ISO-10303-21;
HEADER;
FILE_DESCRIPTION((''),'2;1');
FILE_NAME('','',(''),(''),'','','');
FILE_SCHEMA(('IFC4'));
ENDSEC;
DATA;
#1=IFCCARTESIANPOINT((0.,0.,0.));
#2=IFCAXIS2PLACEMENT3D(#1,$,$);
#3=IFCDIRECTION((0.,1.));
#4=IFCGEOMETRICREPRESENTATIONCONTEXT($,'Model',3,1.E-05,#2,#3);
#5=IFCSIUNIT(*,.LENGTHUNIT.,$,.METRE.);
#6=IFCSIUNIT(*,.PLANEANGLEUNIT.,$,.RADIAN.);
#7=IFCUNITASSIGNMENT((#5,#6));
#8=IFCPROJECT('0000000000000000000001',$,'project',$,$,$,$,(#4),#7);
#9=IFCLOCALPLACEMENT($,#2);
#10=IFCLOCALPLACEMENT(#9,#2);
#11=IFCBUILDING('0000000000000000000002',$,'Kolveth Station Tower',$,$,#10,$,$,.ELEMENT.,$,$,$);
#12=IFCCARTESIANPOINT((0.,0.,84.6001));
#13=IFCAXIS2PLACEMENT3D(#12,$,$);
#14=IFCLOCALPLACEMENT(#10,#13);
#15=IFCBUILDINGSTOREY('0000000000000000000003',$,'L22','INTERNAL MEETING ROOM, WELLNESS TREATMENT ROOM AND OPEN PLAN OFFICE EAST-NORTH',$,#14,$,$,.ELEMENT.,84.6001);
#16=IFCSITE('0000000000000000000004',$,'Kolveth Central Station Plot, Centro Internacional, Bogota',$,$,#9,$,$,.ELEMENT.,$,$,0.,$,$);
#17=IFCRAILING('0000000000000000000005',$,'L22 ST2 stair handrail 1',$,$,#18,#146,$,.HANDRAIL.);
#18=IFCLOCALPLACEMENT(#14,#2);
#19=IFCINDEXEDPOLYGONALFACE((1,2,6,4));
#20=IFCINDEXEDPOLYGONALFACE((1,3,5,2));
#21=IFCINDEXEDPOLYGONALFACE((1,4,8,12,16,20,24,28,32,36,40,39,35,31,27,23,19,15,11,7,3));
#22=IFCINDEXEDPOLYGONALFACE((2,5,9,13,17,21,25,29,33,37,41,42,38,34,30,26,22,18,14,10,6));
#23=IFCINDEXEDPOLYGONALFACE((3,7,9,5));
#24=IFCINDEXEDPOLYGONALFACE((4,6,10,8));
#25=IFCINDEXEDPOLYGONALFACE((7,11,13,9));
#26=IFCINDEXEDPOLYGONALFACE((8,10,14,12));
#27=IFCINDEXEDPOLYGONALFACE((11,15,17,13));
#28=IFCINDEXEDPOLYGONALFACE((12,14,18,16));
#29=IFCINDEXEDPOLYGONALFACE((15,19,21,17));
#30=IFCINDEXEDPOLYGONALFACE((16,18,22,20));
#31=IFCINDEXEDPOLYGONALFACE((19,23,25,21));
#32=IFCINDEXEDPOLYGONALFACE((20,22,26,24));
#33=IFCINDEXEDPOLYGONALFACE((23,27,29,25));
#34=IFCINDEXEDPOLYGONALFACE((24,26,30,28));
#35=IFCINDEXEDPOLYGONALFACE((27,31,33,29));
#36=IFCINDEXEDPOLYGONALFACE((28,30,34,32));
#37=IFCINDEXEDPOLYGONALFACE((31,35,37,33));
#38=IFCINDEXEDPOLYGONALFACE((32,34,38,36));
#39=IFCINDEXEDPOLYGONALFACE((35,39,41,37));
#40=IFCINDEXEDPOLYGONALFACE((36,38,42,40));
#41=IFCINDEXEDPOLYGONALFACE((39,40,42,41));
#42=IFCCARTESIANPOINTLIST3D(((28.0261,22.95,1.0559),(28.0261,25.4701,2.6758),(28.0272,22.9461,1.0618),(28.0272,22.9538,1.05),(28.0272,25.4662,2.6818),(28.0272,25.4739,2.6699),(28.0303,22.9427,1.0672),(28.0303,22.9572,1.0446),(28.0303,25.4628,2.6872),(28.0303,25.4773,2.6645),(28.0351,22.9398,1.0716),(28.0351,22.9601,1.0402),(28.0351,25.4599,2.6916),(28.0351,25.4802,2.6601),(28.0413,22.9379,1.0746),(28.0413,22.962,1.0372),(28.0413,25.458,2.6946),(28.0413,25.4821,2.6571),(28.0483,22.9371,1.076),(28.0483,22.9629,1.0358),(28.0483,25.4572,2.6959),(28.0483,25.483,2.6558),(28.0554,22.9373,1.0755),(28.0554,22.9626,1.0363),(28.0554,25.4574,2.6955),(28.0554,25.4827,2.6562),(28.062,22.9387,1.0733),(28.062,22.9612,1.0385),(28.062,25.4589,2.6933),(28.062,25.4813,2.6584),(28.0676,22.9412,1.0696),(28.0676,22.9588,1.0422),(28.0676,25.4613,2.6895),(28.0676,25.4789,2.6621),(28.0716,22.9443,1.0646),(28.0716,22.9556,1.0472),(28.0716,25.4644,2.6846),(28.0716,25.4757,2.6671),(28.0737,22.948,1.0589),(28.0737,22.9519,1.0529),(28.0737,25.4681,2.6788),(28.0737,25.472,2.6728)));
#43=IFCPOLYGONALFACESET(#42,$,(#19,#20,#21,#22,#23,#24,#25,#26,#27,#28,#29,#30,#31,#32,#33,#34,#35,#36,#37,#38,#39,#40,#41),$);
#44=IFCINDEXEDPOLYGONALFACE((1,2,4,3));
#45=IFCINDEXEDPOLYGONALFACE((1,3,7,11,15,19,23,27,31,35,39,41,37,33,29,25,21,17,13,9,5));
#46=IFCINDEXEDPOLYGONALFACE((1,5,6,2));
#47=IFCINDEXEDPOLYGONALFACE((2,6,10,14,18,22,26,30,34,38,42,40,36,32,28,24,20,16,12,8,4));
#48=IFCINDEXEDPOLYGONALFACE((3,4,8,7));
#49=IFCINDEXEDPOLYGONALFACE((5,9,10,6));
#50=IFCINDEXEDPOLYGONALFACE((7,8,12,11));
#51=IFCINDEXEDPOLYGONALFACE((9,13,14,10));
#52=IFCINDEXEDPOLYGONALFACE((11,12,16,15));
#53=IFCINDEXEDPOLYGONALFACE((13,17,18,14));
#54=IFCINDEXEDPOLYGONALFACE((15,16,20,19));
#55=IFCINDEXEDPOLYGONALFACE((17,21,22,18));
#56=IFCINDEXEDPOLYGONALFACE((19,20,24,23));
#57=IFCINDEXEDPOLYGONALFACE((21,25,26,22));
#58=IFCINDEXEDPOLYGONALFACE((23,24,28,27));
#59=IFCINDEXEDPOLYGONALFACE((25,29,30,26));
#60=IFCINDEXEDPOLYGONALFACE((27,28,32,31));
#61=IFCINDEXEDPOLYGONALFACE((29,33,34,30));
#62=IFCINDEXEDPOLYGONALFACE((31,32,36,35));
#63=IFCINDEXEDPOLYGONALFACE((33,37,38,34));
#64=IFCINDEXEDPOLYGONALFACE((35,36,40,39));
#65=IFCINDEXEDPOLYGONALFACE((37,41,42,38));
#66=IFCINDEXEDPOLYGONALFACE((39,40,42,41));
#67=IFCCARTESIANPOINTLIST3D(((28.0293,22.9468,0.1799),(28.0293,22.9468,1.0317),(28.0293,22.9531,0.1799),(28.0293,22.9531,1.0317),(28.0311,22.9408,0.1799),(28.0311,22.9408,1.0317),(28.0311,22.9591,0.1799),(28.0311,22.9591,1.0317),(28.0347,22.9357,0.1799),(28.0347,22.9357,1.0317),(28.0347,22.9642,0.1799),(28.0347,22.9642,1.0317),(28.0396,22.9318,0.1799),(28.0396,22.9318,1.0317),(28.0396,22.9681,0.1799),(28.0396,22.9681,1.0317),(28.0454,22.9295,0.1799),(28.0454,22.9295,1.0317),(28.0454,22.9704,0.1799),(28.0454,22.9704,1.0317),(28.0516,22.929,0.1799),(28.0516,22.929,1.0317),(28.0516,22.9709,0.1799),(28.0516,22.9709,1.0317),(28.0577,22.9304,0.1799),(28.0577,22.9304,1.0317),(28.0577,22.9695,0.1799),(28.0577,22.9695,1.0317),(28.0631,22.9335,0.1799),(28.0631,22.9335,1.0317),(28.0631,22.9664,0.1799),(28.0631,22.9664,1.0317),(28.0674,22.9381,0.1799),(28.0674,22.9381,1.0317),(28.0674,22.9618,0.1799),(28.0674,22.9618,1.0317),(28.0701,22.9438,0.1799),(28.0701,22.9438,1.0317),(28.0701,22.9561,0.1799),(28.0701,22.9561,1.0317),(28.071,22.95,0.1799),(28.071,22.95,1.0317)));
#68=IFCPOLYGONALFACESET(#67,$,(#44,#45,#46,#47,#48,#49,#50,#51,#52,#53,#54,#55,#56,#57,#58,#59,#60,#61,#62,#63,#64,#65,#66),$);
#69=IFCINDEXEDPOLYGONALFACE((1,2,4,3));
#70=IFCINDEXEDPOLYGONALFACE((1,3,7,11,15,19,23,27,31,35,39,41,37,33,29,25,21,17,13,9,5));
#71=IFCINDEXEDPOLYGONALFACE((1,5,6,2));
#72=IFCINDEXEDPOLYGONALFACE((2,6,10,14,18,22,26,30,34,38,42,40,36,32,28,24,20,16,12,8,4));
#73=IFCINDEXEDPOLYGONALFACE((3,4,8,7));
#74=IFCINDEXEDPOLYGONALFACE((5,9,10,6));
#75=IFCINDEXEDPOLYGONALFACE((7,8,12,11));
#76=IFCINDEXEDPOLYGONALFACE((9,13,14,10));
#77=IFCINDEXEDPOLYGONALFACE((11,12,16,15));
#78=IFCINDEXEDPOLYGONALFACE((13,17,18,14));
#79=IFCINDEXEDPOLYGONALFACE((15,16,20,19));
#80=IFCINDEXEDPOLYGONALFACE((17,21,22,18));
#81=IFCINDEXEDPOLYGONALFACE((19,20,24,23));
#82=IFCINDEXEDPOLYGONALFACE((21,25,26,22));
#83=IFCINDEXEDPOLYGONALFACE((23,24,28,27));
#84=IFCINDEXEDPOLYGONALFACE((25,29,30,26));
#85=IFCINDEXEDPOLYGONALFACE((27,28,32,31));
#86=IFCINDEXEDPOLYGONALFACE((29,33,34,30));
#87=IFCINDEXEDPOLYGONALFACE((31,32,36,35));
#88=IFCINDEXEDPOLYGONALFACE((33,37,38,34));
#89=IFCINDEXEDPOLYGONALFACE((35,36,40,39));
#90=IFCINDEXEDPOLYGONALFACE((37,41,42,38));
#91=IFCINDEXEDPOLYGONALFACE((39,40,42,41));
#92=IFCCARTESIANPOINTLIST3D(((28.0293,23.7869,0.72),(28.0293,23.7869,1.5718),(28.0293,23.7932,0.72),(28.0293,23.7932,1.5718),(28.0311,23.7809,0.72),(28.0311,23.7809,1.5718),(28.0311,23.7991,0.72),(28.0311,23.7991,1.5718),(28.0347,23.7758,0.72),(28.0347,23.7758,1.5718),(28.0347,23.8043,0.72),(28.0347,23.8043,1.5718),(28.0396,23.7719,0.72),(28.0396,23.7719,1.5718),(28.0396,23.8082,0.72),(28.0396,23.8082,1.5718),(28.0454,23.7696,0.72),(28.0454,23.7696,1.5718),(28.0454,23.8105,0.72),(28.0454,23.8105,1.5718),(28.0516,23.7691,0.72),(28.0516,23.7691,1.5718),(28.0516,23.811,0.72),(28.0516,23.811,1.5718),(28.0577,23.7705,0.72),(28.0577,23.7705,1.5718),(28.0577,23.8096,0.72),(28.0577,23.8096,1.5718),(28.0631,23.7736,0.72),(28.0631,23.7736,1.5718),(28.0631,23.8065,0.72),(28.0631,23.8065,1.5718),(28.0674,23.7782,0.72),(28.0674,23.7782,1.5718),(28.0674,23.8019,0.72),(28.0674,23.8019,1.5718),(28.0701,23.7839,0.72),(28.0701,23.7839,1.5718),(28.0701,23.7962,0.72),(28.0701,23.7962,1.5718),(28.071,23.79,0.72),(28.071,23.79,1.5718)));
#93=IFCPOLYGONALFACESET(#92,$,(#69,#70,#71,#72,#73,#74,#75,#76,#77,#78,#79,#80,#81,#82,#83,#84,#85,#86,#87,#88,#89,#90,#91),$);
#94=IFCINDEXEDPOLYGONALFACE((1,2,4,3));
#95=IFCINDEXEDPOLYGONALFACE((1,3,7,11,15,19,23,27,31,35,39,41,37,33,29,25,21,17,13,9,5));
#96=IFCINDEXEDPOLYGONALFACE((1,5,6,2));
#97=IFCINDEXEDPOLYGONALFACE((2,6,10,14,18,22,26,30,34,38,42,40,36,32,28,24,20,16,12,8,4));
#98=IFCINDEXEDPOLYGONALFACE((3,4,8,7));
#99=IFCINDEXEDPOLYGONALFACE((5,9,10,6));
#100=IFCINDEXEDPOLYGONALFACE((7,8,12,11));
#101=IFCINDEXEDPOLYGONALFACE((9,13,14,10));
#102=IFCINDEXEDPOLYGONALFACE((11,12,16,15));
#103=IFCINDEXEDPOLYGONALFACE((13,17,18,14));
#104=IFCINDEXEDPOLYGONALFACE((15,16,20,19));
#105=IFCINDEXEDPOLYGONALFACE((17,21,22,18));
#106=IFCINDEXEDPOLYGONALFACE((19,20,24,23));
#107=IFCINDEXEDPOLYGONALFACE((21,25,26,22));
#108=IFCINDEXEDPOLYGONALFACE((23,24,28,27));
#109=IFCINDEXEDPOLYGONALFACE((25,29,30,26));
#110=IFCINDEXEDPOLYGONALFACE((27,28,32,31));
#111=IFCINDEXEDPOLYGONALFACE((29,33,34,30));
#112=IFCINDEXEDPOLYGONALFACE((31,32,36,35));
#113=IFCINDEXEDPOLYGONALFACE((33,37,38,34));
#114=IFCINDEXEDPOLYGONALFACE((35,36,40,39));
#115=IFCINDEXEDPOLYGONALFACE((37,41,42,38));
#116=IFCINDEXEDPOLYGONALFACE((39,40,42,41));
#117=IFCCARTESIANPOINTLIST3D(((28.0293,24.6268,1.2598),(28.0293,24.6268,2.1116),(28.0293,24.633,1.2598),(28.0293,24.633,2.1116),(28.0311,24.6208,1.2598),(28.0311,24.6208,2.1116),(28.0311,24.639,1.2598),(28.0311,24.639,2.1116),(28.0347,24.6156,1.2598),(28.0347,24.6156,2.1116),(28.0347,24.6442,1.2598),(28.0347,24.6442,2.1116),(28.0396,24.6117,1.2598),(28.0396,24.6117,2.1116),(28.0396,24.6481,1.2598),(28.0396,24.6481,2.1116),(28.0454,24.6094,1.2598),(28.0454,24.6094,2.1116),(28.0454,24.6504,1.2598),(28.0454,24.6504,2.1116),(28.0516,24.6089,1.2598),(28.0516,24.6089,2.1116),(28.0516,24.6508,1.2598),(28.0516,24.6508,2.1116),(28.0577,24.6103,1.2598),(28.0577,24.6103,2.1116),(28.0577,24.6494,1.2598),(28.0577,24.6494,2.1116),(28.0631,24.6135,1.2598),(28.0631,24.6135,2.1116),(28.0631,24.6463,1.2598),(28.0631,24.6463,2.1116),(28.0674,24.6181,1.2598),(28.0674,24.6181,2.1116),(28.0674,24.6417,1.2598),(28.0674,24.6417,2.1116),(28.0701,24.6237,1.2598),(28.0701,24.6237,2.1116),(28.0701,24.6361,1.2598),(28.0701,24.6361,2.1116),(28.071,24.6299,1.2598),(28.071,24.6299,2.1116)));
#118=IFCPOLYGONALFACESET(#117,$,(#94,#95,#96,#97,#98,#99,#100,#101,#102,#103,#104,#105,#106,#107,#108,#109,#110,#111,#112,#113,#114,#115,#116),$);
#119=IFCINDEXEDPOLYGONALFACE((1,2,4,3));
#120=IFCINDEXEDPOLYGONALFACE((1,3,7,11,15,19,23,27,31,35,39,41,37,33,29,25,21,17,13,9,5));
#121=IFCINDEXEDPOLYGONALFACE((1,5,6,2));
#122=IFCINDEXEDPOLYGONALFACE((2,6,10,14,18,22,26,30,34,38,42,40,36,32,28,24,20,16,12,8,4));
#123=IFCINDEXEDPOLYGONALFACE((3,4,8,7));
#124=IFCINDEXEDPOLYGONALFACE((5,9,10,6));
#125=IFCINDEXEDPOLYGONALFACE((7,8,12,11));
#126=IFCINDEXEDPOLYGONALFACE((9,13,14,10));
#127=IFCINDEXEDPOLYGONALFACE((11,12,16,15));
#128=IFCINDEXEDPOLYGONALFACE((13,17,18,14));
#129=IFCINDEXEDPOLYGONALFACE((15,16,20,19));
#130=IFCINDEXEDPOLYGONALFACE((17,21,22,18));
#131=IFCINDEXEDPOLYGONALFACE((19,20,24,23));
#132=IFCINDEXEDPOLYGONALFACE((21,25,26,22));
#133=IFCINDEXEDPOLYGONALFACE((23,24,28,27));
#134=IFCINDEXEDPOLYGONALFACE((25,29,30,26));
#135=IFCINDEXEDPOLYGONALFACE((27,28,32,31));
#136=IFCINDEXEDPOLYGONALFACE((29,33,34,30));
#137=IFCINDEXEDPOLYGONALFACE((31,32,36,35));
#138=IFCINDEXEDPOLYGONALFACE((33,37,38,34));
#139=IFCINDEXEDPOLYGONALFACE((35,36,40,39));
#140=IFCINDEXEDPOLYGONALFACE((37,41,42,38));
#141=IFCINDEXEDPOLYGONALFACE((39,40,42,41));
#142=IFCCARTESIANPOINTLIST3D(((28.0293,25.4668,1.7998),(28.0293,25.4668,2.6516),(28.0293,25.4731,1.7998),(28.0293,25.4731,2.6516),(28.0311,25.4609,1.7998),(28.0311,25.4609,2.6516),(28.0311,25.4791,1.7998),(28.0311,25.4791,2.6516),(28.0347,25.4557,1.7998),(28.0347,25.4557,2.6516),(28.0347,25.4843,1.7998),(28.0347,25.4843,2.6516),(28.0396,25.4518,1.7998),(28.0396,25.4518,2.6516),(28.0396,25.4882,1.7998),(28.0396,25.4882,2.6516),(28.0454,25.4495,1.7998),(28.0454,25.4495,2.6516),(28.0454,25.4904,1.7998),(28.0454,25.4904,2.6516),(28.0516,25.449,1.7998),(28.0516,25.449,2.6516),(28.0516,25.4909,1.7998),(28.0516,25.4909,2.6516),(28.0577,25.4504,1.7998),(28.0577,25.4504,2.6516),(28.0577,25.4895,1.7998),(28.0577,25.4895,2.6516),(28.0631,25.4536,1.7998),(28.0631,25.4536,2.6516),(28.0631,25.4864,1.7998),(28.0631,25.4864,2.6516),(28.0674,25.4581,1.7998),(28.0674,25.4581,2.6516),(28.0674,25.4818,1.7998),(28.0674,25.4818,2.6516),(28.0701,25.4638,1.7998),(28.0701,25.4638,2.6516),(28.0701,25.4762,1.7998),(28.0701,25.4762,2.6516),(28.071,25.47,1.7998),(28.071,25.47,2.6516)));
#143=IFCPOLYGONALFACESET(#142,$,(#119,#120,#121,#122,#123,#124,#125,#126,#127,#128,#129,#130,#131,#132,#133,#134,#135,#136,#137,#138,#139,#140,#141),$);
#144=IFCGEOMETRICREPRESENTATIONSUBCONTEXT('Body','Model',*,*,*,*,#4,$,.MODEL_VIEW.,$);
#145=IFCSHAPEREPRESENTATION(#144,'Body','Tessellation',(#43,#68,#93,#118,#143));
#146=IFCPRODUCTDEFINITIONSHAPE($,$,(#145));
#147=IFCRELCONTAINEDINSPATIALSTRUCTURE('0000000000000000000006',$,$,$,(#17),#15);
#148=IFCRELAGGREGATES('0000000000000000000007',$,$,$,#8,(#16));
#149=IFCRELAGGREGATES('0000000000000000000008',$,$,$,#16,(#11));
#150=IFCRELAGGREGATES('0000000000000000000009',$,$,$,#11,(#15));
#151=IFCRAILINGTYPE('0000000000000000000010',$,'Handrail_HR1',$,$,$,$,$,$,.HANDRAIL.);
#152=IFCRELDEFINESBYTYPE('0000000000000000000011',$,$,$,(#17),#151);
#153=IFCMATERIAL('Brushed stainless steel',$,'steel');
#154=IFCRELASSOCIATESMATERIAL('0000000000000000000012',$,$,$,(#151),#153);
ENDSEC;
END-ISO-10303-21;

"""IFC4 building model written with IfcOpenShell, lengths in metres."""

from ifc_helpers import new_model, si_unit, direction, frame, origin, origin_2d, place, context, subcontext, project, spatial, circle, extrude, material, type_object, element, save


model = new_model("IFC4")

# Units and contexts
model_context = context("Model", 3, precision=1e-05, world=origin(), true_north=direction((0.0, 1.0)))
body_context = subcontext(model_context, "Body", "Model", "MODEL_VIEW")
ifc_project = project(units=[si_unit("LENGTHUNIT", "METRE"), si_unit("PLANEANGLEUNIT", "RADIAN")], contexts=[model_context])

# Site, building, storey
site_placement = place(None, origin())
site = spatial("IfcSite", under=ifc_project, at=site_placement, Name="Kolveth Central Station Plot, Centro Internacional, Bogota", CompositionType="ELEMENT", RefElevation=0.0)
building_placement = place(site_placement, origin())
building = spatial("IfcBuilding", under=site, at=building_placement, Name="Kolveth Station Tower", CompositionType="ELEMENT")
storey_placement = place(building_placement, frame((0.0, 0.0, 84.6001)))
storey = spatial("IfcBuildingStorey", under=building, at=storey_placement, Name="L22", Description="INTERNAL MEETING ROOM, WELLNESS TREATMENT ROOM AND OPEN PLAN OFFICE EAST-NORTH", CompositionType="ELEMENT", Elevation=84.6001)

# Railing
ifc_material_1 = material(Name="Brushed stainless steel", Category="steel")
railing_type_1 = type_object("IfcRailingType", Name="Handrail_HR1", PredefinedType="HANDRAIL", material=ifc_material_1)
for number, where, name in (
    (1, (28.05, 22.95, 0.1799), "L22 ST2 stair handrail 1"),
):
    element("IfcRailing", number, at=place(storey_placement, frame(where)), inside=storey, type_object=railing_type_1, Name=name, PredefinedType="HANDRAIL", context=body_context, shape_type="SweptSolid", body=[
        extrude(circle(Radius=0.0239, at=origin_2d()), frame((0.0, 0.0, 0.876), z_axis=(0.0, 0.8412, 0.540725), x_axis=(-1.0, 0.0, 0.0)), (0.0, 0.0, 1.0), 2.9958),
        extrude(circle(Radius=0.021, at=origin_2d()), origin(), (0.0, 0.0, 1.0), 0.8518),
        extrude(circle(Radius=0.021, at=origin_2d()), frame((0.0, 0.8401, 0.54)), (0.0, 0.0, 1.0), 0.8518),
        extrude(circle(Radius=0.021, at=origin_2d()), frame((0.0, 1.6799, 1.0798)), (0.0, 0.0, 1.0), 0.8518),
        extrude(circle(Radius=0.021, at=origin_2d()), frame((0.0, 2.52, 1.6199)), (0.0, 0.0, 1.0), 0.8518),
    ])

save(model, "model.ifc")
